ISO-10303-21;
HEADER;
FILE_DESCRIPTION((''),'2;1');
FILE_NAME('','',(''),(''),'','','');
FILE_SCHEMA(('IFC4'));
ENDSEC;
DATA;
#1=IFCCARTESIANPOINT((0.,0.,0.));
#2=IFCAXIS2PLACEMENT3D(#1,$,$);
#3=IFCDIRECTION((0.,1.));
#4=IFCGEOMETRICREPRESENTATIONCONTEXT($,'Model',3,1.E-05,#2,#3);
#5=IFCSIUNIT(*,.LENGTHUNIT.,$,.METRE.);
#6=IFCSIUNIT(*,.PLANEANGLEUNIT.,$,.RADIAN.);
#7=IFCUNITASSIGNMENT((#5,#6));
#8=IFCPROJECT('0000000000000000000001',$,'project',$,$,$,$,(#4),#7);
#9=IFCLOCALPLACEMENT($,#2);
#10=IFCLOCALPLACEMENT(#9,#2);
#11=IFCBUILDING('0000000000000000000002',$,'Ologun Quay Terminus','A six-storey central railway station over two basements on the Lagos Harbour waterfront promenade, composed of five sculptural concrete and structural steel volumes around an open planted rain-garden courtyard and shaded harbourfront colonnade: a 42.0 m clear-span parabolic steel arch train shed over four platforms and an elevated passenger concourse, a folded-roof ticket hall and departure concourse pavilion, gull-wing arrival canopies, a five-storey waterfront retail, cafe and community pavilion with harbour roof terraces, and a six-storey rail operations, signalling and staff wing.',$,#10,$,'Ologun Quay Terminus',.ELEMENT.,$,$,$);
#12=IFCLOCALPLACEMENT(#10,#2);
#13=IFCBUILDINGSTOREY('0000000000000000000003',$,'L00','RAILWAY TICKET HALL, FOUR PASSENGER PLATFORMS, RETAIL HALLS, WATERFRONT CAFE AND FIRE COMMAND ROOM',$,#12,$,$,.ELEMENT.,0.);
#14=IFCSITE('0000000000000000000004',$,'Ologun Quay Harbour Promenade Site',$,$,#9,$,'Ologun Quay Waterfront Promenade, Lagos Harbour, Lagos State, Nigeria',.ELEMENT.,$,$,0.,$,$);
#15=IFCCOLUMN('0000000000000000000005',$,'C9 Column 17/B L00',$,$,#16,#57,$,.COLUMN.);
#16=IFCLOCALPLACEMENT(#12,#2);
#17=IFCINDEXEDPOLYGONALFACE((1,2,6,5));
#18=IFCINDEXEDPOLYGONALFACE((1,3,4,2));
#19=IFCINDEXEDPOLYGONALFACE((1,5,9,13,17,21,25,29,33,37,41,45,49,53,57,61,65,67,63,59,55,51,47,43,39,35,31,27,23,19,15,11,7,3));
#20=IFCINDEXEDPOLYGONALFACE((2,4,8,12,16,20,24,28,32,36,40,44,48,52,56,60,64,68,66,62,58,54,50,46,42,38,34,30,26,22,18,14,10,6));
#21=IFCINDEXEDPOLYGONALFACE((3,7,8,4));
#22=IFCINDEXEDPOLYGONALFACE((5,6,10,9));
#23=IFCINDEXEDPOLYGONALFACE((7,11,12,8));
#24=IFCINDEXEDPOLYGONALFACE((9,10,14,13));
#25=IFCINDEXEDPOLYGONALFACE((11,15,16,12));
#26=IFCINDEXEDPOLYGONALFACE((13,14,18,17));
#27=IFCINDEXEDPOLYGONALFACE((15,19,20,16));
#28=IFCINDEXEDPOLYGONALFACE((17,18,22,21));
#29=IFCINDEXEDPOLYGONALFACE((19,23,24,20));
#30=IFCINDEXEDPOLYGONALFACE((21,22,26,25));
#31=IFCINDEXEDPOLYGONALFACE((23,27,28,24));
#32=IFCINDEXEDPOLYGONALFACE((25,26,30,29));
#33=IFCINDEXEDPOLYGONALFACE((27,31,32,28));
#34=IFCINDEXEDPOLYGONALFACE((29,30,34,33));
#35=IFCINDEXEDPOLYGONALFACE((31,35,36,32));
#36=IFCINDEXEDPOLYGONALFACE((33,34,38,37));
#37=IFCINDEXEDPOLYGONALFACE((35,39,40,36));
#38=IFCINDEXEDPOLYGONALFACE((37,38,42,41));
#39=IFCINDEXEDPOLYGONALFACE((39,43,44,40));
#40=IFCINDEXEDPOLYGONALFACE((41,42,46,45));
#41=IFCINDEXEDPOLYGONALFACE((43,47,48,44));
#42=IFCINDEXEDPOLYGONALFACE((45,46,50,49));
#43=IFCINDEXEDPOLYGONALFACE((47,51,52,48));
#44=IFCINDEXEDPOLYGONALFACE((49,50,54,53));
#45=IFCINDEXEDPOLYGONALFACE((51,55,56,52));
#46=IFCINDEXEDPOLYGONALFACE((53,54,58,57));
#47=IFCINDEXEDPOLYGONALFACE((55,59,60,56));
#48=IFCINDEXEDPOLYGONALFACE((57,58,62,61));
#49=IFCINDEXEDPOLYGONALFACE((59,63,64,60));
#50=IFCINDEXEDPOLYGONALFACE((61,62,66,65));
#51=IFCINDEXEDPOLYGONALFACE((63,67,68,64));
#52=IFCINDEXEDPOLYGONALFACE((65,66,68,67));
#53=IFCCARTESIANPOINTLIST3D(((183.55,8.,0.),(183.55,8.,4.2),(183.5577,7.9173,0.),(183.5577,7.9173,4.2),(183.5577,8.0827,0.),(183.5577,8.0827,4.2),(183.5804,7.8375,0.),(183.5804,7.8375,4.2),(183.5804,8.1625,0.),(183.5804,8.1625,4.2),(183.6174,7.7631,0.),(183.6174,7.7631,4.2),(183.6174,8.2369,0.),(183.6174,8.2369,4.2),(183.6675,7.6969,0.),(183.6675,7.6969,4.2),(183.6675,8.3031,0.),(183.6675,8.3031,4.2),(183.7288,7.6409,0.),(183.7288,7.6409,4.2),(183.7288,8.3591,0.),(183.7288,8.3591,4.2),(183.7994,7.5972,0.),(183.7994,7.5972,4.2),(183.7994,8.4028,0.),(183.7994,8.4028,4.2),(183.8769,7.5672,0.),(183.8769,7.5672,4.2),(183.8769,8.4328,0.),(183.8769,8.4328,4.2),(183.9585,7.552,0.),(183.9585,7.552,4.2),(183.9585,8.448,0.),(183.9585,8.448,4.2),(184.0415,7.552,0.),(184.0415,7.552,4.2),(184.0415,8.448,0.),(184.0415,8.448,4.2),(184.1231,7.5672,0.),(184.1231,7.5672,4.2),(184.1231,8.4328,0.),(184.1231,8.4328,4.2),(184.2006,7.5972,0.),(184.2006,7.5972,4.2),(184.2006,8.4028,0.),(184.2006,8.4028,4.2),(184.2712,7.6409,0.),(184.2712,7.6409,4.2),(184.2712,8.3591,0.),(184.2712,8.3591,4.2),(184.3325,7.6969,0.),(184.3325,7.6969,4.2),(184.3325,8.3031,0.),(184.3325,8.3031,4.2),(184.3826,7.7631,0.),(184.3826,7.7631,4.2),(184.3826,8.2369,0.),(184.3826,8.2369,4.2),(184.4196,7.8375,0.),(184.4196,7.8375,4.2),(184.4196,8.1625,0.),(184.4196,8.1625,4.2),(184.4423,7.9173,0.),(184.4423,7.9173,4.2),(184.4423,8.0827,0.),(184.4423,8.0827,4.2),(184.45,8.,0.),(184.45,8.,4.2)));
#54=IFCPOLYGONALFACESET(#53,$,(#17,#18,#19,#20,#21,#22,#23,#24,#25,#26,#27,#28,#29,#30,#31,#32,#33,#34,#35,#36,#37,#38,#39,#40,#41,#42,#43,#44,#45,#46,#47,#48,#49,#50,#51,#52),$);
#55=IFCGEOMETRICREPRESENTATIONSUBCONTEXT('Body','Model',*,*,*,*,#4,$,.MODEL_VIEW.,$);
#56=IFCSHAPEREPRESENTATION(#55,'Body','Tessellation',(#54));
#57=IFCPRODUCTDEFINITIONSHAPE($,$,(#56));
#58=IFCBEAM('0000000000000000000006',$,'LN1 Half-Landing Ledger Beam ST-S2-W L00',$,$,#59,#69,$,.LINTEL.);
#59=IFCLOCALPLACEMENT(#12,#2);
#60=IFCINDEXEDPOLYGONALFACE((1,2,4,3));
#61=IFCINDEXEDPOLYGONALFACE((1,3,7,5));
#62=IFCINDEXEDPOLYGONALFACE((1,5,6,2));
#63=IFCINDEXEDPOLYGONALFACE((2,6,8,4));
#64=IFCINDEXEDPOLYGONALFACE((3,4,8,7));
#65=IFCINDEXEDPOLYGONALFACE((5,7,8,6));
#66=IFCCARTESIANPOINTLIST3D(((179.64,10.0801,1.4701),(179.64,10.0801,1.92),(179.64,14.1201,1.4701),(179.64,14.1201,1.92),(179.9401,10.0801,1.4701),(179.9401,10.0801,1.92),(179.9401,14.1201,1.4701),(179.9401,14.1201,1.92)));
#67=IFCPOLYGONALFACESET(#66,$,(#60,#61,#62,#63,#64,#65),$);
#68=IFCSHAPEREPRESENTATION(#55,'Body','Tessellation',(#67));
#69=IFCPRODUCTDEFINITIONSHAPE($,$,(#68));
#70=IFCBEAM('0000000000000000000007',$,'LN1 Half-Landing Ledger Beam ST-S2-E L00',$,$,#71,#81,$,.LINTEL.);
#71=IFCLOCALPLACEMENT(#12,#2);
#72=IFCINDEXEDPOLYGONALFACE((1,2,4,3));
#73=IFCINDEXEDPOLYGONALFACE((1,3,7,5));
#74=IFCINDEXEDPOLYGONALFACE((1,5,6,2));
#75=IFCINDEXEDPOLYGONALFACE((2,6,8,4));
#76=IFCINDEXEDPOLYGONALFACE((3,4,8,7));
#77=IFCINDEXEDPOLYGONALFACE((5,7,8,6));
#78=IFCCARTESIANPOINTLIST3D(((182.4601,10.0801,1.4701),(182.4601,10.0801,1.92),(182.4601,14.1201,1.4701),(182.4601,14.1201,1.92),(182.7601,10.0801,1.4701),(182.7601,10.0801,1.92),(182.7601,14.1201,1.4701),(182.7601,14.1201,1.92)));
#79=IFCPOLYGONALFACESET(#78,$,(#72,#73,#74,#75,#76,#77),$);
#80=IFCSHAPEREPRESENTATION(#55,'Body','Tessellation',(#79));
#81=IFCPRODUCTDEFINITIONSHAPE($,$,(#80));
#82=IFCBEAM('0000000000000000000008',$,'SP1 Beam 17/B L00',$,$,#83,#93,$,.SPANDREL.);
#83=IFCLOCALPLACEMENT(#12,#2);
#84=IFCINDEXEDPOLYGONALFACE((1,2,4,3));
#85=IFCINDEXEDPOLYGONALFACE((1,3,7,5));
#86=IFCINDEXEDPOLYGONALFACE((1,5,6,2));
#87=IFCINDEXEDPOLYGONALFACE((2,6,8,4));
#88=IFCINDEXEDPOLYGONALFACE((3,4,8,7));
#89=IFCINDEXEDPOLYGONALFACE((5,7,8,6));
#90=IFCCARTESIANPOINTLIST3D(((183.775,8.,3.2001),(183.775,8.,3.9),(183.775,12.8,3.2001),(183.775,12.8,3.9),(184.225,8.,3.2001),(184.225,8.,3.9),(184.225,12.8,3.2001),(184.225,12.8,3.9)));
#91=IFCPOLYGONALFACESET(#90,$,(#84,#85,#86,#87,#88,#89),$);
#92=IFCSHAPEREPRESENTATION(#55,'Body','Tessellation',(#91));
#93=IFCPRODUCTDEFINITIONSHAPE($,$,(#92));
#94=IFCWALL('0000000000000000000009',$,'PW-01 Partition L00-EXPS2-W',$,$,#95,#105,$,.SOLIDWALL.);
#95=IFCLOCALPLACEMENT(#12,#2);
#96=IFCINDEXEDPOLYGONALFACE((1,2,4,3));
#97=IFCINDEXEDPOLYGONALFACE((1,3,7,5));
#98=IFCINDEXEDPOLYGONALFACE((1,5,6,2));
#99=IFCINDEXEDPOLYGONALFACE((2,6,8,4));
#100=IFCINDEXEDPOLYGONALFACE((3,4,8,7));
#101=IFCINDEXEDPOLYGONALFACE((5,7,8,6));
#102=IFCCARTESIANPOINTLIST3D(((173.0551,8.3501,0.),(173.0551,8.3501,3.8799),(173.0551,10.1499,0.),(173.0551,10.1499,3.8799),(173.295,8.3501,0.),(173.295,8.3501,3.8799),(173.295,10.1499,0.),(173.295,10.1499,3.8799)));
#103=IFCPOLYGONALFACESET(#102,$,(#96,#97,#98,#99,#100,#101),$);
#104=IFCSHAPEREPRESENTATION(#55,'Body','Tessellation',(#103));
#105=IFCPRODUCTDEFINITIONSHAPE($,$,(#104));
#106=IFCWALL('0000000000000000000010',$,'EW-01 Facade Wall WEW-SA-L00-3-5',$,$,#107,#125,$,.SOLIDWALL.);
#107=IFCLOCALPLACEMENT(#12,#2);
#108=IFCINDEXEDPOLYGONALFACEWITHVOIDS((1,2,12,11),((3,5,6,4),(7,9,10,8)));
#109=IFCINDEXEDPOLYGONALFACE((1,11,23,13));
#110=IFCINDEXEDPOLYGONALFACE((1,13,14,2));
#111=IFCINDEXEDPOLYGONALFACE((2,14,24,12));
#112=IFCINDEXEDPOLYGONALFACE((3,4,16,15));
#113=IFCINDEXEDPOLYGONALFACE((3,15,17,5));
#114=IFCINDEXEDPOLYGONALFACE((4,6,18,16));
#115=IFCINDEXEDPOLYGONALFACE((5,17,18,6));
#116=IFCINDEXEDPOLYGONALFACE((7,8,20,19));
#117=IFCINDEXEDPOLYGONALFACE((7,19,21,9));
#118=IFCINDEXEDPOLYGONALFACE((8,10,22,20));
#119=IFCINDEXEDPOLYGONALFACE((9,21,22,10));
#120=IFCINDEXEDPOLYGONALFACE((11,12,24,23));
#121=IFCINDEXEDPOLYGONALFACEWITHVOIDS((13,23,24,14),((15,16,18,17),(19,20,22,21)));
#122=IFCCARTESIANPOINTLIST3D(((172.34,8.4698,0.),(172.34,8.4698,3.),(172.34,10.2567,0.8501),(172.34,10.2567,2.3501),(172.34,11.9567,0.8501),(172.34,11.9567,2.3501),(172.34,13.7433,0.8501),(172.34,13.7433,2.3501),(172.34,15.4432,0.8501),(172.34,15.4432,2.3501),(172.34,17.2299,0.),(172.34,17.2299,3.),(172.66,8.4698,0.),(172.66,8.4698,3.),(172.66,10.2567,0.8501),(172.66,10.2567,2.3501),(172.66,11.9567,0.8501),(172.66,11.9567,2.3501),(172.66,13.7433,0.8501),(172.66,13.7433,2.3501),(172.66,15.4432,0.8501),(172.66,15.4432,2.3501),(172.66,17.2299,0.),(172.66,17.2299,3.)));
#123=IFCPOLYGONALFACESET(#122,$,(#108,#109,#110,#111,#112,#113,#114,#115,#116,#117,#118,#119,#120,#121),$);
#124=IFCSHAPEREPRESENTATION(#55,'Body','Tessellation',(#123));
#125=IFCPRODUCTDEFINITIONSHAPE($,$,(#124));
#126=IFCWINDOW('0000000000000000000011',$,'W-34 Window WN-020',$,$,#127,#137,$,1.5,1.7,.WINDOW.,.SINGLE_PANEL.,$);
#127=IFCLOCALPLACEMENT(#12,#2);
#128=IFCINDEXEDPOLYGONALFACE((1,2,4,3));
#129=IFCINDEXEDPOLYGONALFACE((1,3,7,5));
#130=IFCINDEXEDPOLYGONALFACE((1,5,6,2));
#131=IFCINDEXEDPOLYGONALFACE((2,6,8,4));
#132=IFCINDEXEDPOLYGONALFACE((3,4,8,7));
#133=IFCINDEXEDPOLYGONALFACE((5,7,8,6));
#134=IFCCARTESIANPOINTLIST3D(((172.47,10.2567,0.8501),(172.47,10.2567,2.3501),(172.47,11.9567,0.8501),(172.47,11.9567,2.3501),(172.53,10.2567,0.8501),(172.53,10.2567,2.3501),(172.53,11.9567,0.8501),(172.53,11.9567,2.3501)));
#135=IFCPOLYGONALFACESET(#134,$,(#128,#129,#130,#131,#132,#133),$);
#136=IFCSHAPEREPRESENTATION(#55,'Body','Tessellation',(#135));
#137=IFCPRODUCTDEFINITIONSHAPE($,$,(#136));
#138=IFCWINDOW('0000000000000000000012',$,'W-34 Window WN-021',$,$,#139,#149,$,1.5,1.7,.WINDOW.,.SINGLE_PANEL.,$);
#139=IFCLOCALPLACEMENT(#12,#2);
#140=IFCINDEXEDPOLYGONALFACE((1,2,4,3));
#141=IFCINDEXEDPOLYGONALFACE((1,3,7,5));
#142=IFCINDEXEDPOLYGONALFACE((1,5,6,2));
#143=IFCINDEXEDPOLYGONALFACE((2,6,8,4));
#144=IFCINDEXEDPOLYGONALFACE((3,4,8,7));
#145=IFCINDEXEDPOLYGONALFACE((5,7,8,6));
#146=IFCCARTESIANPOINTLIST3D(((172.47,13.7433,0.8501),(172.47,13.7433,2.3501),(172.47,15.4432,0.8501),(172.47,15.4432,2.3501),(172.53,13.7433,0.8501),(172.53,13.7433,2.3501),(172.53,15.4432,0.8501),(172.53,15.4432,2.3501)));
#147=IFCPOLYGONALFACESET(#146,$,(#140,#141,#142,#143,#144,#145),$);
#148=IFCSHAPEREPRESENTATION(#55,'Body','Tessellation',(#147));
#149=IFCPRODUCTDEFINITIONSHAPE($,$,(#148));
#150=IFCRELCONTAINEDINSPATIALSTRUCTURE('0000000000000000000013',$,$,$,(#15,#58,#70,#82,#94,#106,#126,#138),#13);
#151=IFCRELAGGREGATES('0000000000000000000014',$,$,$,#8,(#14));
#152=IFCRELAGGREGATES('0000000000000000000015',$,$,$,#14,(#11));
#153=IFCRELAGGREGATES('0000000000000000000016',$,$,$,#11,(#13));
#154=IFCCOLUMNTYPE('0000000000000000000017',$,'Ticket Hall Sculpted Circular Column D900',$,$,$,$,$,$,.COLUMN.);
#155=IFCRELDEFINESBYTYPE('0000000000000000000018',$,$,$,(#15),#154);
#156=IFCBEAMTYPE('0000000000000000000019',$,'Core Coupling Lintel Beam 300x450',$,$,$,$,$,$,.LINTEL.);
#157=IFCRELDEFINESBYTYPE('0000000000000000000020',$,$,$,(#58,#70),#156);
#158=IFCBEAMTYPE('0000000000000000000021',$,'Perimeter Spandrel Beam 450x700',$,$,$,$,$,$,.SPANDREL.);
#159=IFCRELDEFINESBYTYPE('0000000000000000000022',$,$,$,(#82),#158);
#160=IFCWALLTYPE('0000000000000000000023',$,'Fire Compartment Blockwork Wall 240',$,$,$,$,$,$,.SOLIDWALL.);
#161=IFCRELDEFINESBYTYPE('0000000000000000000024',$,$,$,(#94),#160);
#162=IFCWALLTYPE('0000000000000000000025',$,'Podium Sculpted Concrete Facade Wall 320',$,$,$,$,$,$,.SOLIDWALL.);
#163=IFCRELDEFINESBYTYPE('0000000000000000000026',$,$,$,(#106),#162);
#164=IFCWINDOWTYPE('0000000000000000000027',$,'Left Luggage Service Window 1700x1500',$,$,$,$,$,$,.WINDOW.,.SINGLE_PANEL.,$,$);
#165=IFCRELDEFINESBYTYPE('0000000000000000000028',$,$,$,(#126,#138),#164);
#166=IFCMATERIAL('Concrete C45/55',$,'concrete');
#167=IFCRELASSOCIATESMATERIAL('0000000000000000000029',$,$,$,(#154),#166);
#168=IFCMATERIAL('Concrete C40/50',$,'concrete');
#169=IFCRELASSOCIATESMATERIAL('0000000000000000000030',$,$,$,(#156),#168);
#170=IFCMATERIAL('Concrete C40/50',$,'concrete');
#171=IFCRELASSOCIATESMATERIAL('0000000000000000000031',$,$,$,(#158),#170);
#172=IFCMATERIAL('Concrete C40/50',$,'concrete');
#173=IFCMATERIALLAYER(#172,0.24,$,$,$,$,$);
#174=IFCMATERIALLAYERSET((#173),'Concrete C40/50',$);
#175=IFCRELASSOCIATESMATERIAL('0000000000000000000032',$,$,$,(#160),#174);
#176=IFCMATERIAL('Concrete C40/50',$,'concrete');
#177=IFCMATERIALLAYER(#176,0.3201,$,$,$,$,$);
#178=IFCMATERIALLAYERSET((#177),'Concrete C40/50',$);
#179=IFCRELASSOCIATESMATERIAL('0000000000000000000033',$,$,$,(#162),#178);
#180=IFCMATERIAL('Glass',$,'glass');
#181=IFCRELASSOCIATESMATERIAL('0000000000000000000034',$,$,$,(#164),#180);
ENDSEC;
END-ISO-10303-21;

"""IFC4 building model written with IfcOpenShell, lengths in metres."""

from ifc_helpers import new_model, si_unit, direction, frame, frame_2d, origin, origin_2d, place, context, subcontext, project, spatial, rectangle, circle, extrude, material, layer, layer_set, material_profile, profile_set, type_object, element, fill, save


model = new_model("IFC4")

# Units and contexts
model_context = context("Model", 3, precision=1e-05, world=origin(), true_north=direction((0.0, 1.0)))
body_context = subcontext(model_context, "Body", "Model", "MODEL_VIEW")
ifc_project = project(units=[si_unit("LENGTHUNIT", "METRE"), si_unit("PLANEANGLEUNIT", "RADIAN")], contexts=[model_context])

# Site, building, storey
site_placement = place(None, origin())
site = spatial("IfcSite", under=ifc_project, at=site_placement, Name="Ologun Quay Harbour Promenade Site", LongName="Ologun Quay Waterfront Promenade, Lagos Harbour, Lagos State, Nigeria", CompositionType="ELEMENT", RefElevation=0.0)
building_placement = place(site_placement, origin())
building = spatial("IfcBuilding", under=site, at=building_placement, Name="Ologun Quay Terminus", Description="A six-storey central railway station over two basements on the Lagos Harbour waterfront promenade, composed of five sculptural concrete and structural steel volumes around an open planted rain-garden courtyard and shaded harbourfront colonnade: a 42.0 m clear-span parabolic steel arch train shed over four platforms and an elevated passenger concourse, a folded-roof ticket hall and departure concourse pavilion, gull-wing arrival canopies, a five-storey waterfront retail, cafe and community pavilion with harbour roof terraces, and a six-storey rail operations, signalling and staff wing.", LongName="Ologun Quay Terminus", CompositionType="ELEMENT")
storey_placement = place(building_placement, origin())
storey = spatial("IfcBuildingStorey", under=building, at=storey_placement, Name="L00", Description="RAILWAY TICKET HALL, FOUR PASSENGER PLATFORMS, RETAIL HALLS, WATERFRONT CAFE AND FIRE COMMAND ROOM", CompositionType="ELEMENT", Elevation=0.0)

# Column
ifc_material_1 = material(Name="Concrete C45/55", Category="concrete")
ifc_material_profile_1 = material_profile(ifc_material_1, circle(Radius=0.45, at=origin_2d()), Name="RC D900")
ifc_profile_set_1 = profile_set([ifc_material_profile_1], Name="Concrete C45/55")
column_type = type_object("IfcColumnType", Name="Ticket Hall Sculpted Circular Column D900", PredefinedType="COLUMN", material=ifc_profile_set_1)
column_placement = place(storey_placement, frame((184.0, 8.0, 0.0), z_axis=(0.0, 0.0, 1.0), x_axis=(1.0, 0.0, 0.0)))
element("IfcColumn", 1, at=column_placement, inside=storey, type_object=column_type, Name="C9 Column 17/B L00", PredefinedType="COLUMN", context=body_context, shape_type="SweptSolid", body=[
    extrude(circle(Radius=0.45, at=origin_2d()), origin(), (0.0, 0.0, 1.0), 4.2),
])

# Beams
ifc_material_2 = material(Name="Concrete C40/50", Category="concrete")
ifc_material_profile_2 = material_profile(ifc_material_2, rectangle(XDim=0.3, YDim=0.45, at=origin_2d()), Name="RC 300x450")
ifc_profile_set_2 = profile_set([ifc_material_profile_2], Name="Concrete C40/50")
beam_type_1 = type_object("IfcBeamType", Name="Core Coupling Lintel Beam 300x450", PredefinedType="LINTEL", material=ifc_profile_set_2)
for number, where, z_axis, x_axis, name in (
    (2, (179.79, 10.0801, 1.6951), (0.0, 1.0, 0.0), (-1.0, 0.0, 0.0), "LN1 Half-Landing Ledger Beam ST-S2-W L00"),
    (3, (182.6101, 10.0801, 1.6951), (0.0, 1.0, 0.0), (-1.0, 0.0, 0.0), "LN1 Half-Landing Ledger Beam ST-S2-E L00"),
):
    element("IfcBeam", number, at=place(storey_placement, frame(where, z_axis=z_axis, x_axis=x_axis)), inside=storey, type_object=beam_type_1, Name=name, PredefinedType="LINTEL", context=body_context, shape_type="SweptSolid", body=[
        extrude(rectangle(XDim=0.3, YDim=0.45, at=origin_2d()), origin(), (0.0, 0.0, 1.0), 4.04),
    ])
ifc_material_3 = material(Name="Concrete C40/50", Category="concrete")
ifc_material_profile_3 = material_profile(ifc_material_3, rectangle(XDim=0.45, YDim=0.7, at=origin_2d()), Name="RC 450x700")
ifc_profile_set_3 = profile_set([ifc_material_profile_3], Name="Concrete C40/50")
beam_type_2 = type_object("IfcBeamType", Name="Perimeter Spandrel Beam 450x700", PredefinedType="SPANDREL", material=ifc_profile_set_3)
beam_placement = place(storey_placement, frame((184.0, 8.0, 3.55), z_axis=(0.0, 1.0, 0.0), x_axis=(-1.0, 0.0, 0.0)))
element("IfcBeam", 4, at=beam_placement, inside=storey, type_object=beam_type_2, Name="SP1 Beam 17/B L00", PredefinedType="SPANDREL", context=body_context, shape_type="SweptSolid", body=[
    extrude(rectangle(XDim=0.45, YDim=0.7, at=origin_2d()), origin(), (0.0, 0.0, 1.0), 4.8),
])

# Shared definitions
ifc_material_4 = material(Name="Concrete C40/50", Category="concrete")
ifc_layer_1 = layer(ifc_material_4, 0.24)
ifc_layer_set_1 = layer_set([ifc_layer_1], Name="Concrete C40/50")
wall_type_1 = type_object("IfcWallType", Name="Fire Compartment Blockwork Wall 240", PredefinedType="SOLIDWALL", material=ifc_layer_set_1)

# Wall
wall_1_placement = place(storey_placement, frame((173.175, 8.3501, 0.0), z_axis=(0.0, 0.0, 1.0), x_axis=(0.0, 1.0, 0.0)))
element("IfcWall", 5, at=wall_1_placement, inside=storey, type_object=wall_type_1, Name="PW-01 Partition L00-EXPS2-W", PredefinedType="SOLIDWALL", context=body_context, shape_type="SweptSolid", body=[
    extrude(rectangle(XDim=1.7998, YDim=0.24, at=frame_2d((0.8999, 0.0))), origin(), (0.0, 0.0, 1.0), 3.8799),
])

# Wall, openings, windows
ifc_material_5 = material(Name="Concrete C40/50", Category="concrete")
ifc_layer_2 = layer(ifc_material_5, 0.3201)
ifc_layer_set_2 = layer_set([ifc_layer_2], Name="Concrete C40/50")
wall_type_2 = type_object("IfcWallType", Name="Podium Sculpted Concrete Facade Wall 320", PredefinedType="SOLIDWALL", material=ifc_layer_set_2)
wall_2_placement = place(storey_placement, frame((172.5, 8.47, 0.0), z_axis=(0.0, 0.0, 1.0), x_axis=(0.0, 1.0, 0.0)))
wall_2 = element("IfcWall", 6, at=wall_2_placement, inside=storey, type_object=wall_type_2, Name="EW-01 Facade Wall WEW-SA-L00-3-5", PredefinedType="SOLIDWALL", context=body_context, shape_type="SweptSolid", body=[
    extrude(rectangle(XDim=8.76, YDim=0.3201, at=frame_2d((4.3799, 0.0))), origin(), (0.0, 0.0, 1.0), 3.0),
])
opening_1_placement = place(wall_2_placement, frame((1.7866, 0.0, 0.8501)))
opening_1 = element("IfcOpeningElement", 7, at=opening_1_placement, cuts=wall_2, PredefinedType="OPENING", context=body_context, shape_type="SweptSolid", body=[
    extrude(rectangle(XDim=1.7, YDim=1.5, at=frame_2d((0.8501, 0.75))), frame((0.0, 0.1699, 0.0), z_axis=(0.0, -1.0, 0.0), x_axis=(1.0, 0.0, 0.0)), (0.0, 0.0, 1.0), 0.3401),
])
opening_2_placement = place(wall_2_placement, frame((5.2732, 0.0, 0.8501)))
opening_2 = element("IfcOpeningElement", 8, at=opening_2_placement, cuts=wall_2, PredefinedType="OPENING", context=body_context, shape_type="SweptSolid", body=[
    extrude(rectangle(XDim=1.7, YDim=1.5, at=frame_2d((0.8501, 0.75))), frame((0.0, 0.1699, 0.0), z_axis=(0.0, -1.0, 0.0), x_axis=(1.0, 0.0, 0.0)), (0.0, 0.0, 1.0), 0.3401),
])
ifc_material_6 = material(Name="Glass", Category="glass")
window_type_1 = type_object("IfcWindowType", Name="Left Luggage Service Window 1700x1500", PartitioningType="SINGLE_PANEL", PredefinedType="WINDOW", material=ifc_material_6)
window_1_placement = place(opening_1_placement, origin())
window_1 = element("IfcWindow", 9, at=window_1_placement, inside=storey, type_object=window_type_1, Name="W-34 Window WN-020", OverallHeight=1.5, OverallWidth=1.7, PartitioningType="SINGLE_PANEL", PredefinedType="WINDOW", context=body_context, shape_type="SweptSolid", body=[
    extrude(rectangle(XDim=1.7, YDim=1.5, at=frame_2d((0.8501, 0.75))), frame((0.0, 0.03, 0.0), z_axis=(0.0, -1.0, 0.0), x_axis=(1.0, 0.0, 0.0)), (0.0, 0.0, 1.0), 0.0601),
])
fill(opening_1, window_1)
window_2_placement = place(opening_2_placement, origin())
window_2 = element("IfcWindow", 10, at=window_2_placement, inside=storey, type_object=window_type_1, Name="W-34 Window WN-021", OverallHeight=1.5, OverallWidth=1.7, PartitioningType="SINGLE_PANEL", PredefinedType="WINDOW", context=body_context, shape_type="SweptSolid", body=[
    extrude(rectangle(XDim=1.7, YDim=1.5, at=frame_2d((0.8501, 0.75))), frame((0.0, 0.03, 0.0), z_axis=(0.0, -1.0, 0.0), x_axis=(1.0, 0.0, 0.0)), (0.0, 0.0, 1.0), 0.0601),
])
fill(opening_2, window_2)

save(model, "model.ifc")
